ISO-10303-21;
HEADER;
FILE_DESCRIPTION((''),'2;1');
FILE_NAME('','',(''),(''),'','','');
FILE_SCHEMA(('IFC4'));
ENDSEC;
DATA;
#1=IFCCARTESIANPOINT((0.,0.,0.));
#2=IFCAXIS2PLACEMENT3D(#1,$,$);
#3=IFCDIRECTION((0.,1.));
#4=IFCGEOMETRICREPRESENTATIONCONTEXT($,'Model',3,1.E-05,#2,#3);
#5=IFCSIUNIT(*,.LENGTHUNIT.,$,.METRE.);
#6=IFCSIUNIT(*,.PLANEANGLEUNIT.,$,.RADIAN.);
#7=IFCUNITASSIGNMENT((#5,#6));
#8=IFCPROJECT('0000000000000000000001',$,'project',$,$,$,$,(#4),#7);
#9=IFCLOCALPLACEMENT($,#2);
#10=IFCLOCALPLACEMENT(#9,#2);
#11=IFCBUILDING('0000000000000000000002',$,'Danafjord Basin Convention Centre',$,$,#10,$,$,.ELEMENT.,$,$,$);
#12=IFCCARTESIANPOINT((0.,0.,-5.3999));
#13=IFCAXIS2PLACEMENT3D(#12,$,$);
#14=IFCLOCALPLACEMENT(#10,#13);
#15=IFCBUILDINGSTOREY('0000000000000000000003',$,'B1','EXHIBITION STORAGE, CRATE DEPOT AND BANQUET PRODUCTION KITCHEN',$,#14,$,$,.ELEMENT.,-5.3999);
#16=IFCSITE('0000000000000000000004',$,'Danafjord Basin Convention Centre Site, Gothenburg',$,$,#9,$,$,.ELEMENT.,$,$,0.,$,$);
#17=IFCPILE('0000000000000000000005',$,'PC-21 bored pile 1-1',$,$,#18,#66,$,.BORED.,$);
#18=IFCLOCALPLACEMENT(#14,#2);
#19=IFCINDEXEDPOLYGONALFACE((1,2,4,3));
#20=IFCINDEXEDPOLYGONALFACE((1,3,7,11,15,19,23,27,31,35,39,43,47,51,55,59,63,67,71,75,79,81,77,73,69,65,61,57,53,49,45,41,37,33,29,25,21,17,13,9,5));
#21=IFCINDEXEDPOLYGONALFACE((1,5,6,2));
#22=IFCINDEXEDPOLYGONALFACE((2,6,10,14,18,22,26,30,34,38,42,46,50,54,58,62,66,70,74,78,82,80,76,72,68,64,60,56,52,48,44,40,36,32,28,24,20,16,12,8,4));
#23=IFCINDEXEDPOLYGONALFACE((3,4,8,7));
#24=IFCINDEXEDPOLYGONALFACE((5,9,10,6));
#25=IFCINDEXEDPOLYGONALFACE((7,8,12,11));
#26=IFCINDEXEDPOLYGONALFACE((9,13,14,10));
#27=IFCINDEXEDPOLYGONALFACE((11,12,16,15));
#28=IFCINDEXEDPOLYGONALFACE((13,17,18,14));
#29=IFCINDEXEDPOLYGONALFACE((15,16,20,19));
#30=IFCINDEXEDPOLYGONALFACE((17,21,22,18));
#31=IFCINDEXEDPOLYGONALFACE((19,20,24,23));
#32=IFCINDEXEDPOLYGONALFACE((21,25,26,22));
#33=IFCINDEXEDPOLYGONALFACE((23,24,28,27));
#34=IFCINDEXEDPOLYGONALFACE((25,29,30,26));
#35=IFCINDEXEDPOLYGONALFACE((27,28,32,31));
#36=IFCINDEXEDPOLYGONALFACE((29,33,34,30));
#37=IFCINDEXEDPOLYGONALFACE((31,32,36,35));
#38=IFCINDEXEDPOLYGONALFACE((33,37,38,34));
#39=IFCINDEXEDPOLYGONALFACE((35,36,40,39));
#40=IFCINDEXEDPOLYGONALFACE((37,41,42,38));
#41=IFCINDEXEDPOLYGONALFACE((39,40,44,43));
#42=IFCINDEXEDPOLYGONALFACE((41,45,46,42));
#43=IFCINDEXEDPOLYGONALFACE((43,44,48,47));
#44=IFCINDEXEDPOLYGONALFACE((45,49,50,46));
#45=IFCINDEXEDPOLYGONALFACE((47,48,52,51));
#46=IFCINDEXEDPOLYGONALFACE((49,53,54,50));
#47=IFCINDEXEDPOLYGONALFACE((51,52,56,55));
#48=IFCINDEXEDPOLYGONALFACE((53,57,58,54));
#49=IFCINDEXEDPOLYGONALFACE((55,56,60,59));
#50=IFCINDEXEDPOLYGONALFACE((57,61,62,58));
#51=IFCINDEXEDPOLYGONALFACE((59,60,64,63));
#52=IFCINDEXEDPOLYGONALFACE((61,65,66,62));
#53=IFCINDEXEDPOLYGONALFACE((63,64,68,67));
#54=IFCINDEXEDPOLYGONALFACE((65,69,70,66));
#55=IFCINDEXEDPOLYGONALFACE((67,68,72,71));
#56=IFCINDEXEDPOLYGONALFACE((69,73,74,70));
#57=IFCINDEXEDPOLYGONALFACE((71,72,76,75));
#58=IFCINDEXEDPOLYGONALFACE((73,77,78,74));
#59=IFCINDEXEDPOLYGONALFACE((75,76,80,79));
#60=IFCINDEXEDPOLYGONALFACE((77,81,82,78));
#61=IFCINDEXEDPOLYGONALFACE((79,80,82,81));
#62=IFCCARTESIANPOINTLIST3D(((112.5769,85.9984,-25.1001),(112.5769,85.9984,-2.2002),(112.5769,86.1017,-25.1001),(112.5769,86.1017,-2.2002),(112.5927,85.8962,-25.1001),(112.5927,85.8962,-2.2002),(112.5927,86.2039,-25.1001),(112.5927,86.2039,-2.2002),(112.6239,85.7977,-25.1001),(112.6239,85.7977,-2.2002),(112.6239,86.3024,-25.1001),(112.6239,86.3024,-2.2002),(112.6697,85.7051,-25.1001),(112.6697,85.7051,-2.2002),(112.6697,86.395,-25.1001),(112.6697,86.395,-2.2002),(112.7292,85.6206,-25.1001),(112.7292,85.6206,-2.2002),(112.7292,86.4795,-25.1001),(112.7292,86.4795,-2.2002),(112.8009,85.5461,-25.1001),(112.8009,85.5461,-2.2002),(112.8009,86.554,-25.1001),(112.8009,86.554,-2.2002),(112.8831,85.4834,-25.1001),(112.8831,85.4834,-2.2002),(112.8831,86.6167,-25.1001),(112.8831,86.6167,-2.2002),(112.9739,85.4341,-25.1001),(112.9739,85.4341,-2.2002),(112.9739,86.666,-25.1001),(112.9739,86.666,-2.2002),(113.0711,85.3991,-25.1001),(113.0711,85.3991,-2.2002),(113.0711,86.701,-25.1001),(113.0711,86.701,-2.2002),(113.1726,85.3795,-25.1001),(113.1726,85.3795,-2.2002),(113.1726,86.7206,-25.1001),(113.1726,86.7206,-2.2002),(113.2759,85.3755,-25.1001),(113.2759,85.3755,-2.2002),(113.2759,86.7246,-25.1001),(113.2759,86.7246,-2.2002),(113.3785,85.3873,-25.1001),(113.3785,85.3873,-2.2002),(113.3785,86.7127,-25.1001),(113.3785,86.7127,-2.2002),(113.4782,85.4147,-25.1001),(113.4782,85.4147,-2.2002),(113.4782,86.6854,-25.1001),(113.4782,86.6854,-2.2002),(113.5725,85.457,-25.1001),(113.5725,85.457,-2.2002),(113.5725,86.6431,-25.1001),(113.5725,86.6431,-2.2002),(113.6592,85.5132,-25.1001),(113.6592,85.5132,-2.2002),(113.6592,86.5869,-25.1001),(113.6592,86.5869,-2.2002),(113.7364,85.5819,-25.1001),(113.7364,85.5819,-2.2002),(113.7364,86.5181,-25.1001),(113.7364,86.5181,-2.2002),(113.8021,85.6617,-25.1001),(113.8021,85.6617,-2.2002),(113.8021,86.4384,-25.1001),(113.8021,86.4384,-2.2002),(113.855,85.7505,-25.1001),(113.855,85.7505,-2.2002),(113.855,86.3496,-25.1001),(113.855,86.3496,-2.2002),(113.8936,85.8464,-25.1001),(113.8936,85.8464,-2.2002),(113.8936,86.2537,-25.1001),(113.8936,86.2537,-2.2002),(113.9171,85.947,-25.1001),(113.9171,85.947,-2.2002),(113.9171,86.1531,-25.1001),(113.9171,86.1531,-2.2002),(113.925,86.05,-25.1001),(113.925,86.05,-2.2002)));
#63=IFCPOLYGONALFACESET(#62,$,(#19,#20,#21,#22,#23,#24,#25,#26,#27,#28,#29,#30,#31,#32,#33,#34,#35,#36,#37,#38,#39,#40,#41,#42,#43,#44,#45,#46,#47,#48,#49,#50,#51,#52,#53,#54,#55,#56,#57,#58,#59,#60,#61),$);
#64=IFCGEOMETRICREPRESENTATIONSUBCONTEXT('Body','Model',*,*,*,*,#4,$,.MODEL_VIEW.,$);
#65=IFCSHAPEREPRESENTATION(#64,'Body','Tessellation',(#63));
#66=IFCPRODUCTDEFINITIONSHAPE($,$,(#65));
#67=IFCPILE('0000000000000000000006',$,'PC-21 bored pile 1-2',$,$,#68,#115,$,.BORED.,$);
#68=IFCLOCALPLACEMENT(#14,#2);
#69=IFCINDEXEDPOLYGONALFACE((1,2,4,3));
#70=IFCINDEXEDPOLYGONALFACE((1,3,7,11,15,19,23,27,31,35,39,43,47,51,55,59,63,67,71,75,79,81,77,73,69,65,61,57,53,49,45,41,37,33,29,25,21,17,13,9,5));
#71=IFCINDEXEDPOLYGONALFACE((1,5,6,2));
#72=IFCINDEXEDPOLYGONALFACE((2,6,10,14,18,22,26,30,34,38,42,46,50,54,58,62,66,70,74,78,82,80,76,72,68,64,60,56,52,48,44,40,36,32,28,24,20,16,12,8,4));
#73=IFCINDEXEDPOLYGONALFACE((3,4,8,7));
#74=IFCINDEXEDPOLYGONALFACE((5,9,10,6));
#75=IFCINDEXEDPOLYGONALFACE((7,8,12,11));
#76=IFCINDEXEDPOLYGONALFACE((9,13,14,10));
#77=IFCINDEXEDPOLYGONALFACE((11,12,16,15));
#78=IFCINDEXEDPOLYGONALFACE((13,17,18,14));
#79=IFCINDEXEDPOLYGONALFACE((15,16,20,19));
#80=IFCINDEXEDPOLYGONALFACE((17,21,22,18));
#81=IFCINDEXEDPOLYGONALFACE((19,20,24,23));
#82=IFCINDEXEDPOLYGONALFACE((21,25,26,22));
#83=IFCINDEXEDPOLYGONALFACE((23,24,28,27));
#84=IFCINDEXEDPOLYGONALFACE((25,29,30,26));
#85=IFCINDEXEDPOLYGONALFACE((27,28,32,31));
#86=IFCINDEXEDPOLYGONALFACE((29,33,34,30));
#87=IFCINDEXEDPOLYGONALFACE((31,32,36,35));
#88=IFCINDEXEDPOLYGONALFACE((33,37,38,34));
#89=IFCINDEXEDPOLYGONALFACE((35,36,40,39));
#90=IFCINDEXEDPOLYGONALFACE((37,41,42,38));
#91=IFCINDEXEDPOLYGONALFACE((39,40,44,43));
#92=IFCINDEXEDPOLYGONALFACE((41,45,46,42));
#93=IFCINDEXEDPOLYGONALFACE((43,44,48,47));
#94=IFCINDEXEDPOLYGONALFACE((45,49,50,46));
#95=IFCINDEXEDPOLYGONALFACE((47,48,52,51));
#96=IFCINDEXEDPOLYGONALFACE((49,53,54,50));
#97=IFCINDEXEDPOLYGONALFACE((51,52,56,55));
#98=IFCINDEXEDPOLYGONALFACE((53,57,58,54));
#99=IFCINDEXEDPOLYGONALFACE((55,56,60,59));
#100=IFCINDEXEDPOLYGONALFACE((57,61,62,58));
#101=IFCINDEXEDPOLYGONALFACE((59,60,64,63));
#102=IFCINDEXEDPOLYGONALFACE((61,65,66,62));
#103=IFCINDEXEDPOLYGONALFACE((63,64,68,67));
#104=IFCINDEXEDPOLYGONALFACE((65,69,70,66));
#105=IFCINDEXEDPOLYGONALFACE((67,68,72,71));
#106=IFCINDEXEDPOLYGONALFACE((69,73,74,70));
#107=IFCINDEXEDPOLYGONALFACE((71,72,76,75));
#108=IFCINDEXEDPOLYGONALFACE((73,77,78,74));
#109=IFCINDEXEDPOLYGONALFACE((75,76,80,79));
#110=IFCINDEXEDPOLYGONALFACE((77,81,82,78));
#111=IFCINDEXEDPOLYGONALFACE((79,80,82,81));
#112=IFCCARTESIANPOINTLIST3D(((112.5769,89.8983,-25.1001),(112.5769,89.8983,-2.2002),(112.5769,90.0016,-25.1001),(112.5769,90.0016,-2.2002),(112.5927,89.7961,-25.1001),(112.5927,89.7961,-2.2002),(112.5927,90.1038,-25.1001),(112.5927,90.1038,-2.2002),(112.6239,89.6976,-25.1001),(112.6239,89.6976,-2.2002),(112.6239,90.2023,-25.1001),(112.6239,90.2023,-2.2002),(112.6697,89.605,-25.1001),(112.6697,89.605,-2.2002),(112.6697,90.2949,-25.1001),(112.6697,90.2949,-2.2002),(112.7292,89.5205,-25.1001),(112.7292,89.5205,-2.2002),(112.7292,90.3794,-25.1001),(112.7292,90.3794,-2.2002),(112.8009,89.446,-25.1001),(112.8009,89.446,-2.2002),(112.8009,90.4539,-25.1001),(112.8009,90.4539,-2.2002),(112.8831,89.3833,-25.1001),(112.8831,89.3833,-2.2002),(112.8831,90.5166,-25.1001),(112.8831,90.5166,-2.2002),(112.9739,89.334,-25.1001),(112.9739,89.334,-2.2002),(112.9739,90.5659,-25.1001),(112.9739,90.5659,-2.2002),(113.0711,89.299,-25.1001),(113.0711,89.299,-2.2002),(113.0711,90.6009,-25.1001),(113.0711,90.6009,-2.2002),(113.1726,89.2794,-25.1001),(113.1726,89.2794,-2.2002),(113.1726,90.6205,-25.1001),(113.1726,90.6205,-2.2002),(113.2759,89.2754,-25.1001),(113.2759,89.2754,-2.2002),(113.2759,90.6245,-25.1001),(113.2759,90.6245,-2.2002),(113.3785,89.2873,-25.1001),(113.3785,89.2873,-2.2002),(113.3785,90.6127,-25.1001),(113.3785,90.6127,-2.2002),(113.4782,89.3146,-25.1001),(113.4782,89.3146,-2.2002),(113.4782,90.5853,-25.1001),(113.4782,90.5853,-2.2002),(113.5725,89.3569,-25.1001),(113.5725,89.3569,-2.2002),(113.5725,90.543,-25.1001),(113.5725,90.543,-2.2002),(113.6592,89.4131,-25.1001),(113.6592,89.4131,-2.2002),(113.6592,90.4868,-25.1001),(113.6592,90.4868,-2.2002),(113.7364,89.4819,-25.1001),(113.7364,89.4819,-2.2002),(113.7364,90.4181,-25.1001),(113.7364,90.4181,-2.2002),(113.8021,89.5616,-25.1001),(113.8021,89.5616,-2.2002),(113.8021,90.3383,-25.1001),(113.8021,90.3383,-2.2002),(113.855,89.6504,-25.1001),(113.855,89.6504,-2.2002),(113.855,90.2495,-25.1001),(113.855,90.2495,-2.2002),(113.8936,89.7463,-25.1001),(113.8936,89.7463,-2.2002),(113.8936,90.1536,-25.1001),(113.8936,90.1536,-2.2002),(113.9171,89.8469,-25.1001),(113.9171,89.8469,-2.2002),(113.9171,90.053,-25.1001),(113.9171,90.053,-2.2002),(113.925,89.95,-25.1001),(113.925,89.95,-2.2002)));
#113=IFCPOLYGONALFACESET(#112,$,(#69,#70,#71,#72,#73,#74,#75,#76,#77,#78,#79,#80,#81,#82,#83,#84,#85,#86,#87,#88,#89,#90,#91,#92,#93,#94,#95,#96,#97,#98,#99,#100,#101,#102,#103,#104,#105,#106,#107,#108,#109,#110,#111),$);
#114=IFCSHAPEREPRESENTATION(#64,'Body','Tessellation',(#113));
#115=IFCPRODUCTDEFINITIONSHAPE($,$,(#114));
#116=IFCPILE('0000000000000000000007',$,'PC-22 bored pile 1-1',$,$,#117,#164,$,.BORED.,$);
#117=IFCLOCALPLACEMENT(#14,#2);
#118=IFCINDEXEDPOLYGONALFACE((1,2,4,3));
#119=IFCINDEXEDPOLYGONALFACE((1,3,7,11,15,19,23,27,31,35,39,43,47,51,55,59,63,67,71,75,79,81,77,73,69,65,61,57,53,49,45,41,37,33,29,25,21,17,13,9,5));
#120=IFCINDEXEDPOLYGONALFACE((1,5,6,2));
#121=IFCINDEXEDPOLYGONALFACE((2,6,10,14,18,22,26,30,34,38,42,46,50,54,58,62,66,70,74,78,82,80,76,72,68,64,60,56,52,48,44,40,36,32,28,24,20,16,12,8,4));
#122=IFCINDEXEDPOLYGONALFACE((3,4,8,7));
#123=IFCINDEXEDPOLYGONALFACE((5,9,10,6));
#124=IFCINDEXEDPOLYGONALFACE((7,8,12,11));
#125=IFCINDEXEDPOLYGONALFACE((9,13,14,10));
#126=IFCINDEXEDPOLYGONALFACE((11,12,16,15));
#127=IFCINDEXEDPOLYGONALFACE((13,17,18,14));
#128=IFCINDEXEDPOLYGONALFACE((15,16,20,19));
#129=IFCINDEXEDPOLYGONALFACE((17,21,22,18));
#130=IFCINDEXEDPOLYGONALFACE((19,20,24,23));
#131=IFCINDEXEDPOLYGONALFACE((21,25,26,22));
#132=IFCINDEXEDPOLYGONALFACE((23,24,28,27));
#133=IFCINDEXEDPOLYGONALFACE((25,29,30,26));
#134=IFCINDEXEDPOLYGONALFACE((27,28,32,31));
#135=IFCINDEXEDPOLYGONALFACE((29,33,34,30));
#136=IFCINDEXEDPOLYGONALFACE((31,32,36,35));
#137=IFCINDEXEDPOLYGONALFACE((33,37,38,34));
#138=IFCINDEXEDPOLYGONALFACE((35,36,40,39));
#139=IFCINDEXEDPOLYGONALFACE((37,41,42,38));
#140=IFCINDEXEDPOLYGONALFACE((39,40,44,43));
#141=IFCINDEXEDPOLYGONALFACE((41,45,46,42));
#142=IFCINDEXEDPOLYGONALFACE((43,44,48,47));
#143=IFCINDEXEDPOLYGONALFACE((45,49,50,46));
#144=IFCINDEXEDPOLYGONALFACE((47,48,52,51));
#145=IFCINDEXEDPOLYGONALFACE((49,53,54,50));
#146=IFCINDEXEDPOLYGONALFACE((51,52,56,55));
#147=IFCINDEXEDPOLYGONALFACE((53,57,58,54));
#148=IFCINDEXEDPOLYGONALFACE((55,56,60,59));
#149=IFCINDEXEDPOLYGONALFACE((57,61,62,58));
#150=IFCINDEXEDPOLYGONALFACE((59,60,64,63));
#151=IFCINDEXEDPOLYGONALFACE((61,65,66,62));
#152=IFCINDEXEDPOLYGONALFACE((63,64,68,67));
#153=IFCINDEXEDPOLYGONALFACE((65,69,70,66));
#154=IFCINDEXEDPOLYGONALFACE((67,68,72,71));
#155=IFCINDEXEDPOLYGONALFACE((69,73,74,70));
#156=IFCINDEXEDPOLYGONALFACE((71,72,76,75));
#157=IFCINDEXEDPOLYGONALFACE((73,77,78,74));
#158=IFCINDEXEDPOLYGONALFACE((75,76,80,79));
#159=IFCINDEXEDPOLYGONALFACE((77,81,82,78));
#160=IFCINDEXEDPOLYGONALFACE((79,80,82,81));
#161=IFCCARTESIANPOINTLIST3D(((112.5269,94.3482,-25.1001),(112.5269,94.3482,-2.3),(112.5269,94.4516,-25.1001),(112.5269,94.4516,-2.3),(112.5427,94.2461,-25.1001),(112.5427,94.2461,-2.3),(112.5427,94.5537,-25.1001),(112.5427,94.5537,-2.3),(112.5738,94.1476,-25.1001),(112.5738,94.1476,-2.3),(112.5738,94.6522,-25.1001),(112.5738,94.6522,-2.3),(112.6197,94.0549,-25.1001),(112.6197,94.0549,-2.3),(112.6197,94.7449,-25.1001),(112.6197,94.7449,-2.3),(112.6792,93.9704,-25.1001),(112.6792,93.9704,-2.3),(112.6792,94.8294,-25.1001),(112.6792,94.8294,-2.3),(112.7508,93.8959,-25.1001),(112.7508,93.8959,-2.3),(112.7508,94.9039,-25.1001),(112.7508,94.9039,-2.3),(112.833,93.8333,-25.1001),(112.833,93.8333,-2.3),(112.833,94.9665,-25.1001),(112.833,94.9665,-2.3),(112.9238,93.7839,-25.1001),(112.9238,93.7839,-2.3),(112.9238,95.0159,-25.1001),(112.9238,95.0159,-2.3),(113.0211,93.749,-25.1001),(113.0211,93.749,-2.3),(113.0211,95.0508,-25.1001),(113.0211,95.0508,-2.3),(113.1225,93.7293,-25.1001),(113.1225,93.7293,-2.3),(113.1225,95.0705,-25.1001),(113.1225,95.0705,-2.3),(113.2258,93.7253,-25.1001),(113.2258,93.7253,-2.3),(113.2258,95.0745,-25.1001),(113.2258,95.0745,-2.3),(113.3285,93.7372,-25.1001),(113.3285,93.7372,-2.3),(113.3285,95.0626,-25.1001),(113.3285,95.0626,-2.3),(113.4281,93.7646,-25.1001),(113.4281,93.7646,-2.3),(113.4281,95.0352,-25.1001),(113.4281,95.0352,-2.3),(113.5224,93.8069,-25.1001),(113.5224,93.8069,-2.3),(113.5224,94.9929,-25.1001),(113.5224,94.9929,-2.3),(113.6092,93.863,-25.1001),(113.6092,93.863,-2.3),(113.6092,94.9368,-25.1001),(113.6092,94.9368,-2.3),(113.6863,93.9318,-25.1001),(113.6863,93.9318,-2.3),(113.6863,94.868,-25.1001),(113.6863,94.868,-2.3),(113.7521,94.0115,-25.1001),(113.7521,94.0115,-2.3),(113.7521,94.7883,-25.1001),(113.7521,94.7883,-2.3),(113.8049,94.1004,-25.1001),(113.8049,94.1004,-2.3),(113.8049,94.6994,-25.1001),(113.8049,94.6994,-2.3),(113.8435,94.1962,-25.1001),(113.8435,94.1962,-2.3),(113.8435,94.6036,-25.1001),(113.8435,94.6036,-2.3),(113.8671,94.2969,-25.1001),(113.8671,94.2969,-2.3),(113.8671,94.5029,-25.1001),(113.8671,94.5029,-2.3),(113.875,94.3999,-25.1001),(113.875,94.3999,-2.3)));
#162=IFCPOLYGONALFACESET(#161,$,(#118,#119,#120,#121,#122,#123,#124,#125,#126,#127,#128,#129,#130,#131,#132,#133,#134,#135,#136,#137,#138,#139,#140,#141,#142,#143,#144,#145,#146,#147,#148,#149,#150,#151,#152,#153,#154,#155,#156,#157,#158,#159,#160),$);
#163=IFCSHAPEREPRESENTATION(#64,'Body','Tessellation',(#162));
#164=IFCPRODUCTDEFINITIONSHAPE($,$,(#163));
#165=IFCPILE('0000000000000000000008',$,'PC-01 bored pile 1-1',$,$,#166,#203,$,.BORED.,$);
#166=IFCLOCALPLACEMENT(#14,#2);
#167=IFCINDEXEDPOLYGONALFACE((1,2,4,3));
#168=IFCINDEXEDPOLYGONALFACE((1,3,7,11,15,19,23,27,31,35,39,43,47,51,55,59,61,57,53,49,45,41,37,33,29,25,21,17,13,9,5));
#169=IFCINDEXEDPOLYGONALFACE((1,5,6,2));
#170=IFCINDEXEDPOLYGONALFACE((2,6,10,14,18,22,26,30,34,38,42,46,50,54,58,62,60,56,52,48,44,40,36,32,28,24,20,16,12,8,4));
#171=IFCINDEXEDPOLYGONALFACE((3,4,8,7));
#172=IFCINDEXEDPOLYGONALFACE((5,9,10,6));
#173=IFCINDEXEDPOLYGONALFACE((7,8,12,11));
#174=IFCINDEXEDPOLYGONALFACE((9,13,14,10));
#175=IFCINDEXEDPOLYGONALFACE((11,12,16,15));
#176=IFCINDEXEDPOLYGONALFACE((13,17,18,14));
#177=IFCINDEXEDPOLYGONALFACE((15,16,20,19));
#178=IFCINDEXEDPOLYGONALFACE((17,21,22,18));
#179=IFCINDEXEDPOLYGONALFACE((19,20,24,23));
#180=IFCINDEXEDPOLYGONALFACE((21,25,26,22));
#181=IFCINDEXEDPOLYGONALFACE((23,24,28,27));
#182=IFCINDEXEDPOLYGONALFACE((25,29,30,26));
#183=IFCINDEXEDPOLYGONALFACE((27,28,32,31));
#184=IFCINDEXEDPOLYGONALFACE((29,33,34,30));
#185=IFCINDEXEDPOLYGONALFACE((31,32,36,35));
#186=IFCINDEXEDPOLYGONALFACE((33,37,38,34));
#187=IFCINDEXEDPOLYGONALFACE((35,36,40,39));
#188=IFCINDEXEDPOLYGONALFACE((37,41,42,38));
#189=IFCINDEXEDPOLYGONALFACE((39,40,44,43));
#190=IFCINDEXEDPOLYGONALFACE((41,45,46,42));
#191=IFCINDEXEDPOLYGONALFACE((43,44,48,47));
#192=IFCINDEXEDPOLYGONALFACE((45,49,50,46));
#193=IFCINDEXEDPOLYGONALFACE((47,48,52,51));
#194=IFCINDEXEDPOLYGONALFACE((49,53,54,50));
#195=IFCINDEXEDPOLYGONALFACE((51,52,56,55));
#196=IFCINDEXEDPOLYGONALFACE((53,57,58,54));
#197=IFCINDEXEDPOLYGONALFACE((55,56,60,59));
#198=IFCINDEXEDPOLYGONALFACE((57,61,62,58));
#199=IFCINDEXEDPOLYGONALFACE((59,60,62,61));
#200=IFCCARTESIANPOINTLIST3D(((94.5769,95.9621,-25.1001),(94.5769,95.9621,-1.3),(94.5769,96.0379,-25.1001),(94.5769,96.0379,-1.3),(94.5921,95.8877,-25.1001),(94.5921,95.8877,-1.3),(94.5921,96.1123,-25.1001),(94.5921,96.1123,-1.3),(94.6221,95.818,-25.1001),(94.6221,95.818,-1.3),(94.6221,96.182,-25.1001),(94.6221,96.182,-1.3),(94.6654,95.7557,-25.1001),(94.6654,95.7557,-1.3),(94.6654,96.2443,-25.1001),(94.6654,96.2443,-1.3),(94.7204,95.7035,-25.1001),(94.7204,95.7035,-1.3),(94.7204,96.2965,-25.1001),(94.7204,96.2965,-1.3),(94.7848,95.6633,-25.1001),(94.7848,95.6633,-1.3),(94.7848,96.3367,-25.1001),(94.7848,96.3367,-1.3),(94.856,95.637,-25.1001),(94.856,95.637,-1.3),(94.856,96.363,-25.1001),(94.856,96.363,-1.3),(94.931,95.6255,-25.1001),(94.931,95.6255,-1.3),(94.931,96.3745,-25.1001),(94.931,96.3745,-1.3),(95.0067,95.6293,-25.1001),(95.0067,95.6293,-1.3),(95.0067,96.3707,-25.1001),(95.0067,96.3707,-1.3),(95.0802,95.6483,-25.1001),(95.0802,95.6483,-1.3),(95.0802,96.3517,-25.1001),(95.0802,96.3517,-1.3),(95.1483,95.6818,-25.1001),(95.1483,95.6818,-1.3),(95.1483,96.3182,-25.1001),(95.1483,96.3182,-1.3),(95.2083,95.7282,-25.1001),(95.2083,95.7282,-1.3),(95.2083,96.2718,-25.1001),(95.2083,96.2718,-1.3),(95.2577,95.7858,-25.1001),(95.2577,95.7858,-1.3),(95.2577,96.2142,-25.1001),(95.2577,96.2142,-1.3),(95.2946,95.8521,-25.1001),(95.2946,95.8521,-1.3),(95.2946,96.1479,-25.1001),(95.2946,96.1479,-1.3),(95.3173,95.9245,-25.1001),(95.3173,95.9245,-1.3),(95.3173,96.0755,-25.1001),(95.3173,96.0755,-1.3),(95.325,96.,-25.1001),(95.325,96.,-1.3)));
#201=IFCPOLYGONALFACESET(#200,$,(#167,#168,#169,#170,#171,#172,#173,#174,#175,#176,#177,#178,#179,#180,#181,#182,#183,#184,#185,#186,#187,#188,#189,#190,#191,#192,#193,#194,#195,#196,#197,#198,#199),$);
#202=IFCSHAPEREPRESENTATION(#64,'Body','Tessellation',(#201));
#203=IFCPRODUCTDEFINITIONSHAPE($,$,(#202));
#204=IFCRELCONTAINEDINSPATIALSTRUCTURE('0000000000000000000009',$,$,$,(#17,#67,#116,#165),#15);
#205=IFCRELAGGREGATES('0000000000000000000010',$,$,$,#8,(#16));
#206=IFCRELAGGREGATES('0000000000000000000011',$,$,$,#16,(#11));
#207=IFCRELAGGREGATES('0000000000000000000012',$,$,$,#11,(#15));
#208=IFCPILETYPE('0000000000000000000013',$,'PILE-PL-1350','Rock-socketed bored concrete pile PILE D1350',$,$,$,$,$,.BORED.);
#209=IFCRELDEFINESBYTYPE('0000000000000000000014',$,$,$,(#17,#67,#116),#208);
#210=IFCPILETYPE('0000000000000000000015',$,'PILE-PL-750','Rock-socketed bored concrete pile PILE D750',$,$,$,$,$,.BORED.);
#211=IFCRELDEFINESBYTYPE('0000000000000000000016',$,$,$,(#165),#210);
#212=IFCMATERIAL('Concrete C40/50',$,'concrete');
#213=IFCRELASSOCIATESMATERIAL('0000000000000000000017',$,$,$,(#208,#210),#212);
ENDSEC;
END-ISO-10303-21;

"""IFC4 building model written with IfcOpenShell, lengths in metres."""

from ifc_helpers import new_model, si_unit, direction, frame, origin, origin_2d, place, context, subcontext, project, spatial, circle, extrude, material, material_profile, profile_set, type_object, element, save


model = new_model("IFC4")

# Units and contexts
model_context = context("Model", 3, precision=1e-05, world=origin(), true_north=direction((0.0, 1.0)))
body_context = subcontext(model_context, "Body", "Model", "MODEL_VIEW")
ifc_project = project(units=[si_unit("LENGTHUNIT", "METRE"), si_unit("PLANEANGLEUNIT", "RADIAN")], contexts=[model_context])

# Site, building, storey
site_placement = place(None, origin())
site = spatial("IfcSite", under=ifc_project, at=site_placement, Name="Danafjord Basin Convention Centre Site, Gothenburg", CompositionType="ELEMENT", RefElevation=0.0)
building_placement = place(site_placement, origin())
building = spatial("IfcBuilding", under=site, at=building_placement, Name="Danafjord Basin Convention Centre", CompositionType="ELEMENT")
storey_placement = place(building_placement, frame((0.0, 0.0, -5.3999)))
storey = spatial("IfcBuildingStorey", under=building, at=storey_placement, Name="B1", Description="EXHIBITION STORAGE, CRATE DEPOT AND BANQUET PRODUCTION KITCHEN", CompositionType="ELEMENT", Elevation=-5.3999)

# Shared definitions
ifc_material_1 = material(Name="Concrete C40/50", Category="concrete")

# Piles
ifc_material_profile_1 = material_profile(ifc_material_1, circle(Radius=0.675, at=origin_2d()), Name="PILE D1350")
ifc_profile_set_1 = profile_set([ifc_material_profile_1], Name="Concrete C40/50")
pile_type_1 = type_object("IfcPileType", Name="PILE-PL-1350", Description="Rock-socketed bored concrete pile PILE D1350", PredefinedType="BORED", material=ifc_profile_set_1)
for number, where, z_axis, x_axis, name in (
    (1, (113.25, 86.05, -2.2002), (0.0, 0.0, -1.0), (1.0, 0.0, 0.0), "PC-21 bored pile 1-1"),
    (2, (113.25, 89.95, -2.2002), (0.0, 0.0, -1.0), (1.0, 0.0, 0.0), "PC-21 bored pile 1-2"),
):
    element("IfcPile", number, at=place(storey_placement, frame(where, z_axis=z_axis, x_axis=x_axis)), inside=storey, type_object=pile_type_1, Name=name, PredefinedType="BORED", context=body_context, shape_type="SweptSolid", body=[
        extrude(circle(Radius=0.675, at=origin_2d()), origin(), (0.0, 0.0, 1.0), 22.8999),
    ])
pile_1_placement = place(storey_placement, frame((113.2, 94.3999, -2.3), z_axis=(0.0, 0.0, -1.0), x_axis=(1.0, 0.0, 0.0)))
element("IfcPile", 3, at=pile_1_placement, inside=storey, type_object=pile_type_1, Name="PC-22 bored pile 1-1", PredefinedType="BORED", context=body_context, shape_type="SweptSolid", body=[
    extrude(circle(Radius=0.675, at=origin_2d()), origin(), (0.0, 0.0, 1.0), 22.8),
])
ifc_material_profile_2 = material_profile(ifc_material_1, circle(Radius=0.375, at=origin_2d()), Name="PILE D750")
ifc_profile_set_2 = profile_set([ifc_material_profile_2], Name="Concrete C40/50")
pile_type_2 = type_object("IfcPileType", Name="PILE-PL-750", Description="Rock-socketed bored concrete pile PILE D750", PredefinedType="BORED", material=ifc_profile_set_2)
for number, where, z_axis, x_axis, name in (
    (4, (94.95, 96.0, -1.3), (0.0, 0.0, -1.0), (1.0, 0.0, 0.0), "PC-01 bored pile 1-1"),
):
    element("IfcPile", number, at=place(storey_placement, frame(where, z_axis=z_axis, x_axis=x_axis)), inside=storey, type_object=pile_type_2, Name=name, PredefinedType="BORED", context=body_context, shape_type="SweptSolid", body=[
        extrude(circle(Radius=0.375, at=origin_2d()), origin(), (0.0, 0.0, 1.0), 23.8),
    ])

save(model, "model.ifc")
